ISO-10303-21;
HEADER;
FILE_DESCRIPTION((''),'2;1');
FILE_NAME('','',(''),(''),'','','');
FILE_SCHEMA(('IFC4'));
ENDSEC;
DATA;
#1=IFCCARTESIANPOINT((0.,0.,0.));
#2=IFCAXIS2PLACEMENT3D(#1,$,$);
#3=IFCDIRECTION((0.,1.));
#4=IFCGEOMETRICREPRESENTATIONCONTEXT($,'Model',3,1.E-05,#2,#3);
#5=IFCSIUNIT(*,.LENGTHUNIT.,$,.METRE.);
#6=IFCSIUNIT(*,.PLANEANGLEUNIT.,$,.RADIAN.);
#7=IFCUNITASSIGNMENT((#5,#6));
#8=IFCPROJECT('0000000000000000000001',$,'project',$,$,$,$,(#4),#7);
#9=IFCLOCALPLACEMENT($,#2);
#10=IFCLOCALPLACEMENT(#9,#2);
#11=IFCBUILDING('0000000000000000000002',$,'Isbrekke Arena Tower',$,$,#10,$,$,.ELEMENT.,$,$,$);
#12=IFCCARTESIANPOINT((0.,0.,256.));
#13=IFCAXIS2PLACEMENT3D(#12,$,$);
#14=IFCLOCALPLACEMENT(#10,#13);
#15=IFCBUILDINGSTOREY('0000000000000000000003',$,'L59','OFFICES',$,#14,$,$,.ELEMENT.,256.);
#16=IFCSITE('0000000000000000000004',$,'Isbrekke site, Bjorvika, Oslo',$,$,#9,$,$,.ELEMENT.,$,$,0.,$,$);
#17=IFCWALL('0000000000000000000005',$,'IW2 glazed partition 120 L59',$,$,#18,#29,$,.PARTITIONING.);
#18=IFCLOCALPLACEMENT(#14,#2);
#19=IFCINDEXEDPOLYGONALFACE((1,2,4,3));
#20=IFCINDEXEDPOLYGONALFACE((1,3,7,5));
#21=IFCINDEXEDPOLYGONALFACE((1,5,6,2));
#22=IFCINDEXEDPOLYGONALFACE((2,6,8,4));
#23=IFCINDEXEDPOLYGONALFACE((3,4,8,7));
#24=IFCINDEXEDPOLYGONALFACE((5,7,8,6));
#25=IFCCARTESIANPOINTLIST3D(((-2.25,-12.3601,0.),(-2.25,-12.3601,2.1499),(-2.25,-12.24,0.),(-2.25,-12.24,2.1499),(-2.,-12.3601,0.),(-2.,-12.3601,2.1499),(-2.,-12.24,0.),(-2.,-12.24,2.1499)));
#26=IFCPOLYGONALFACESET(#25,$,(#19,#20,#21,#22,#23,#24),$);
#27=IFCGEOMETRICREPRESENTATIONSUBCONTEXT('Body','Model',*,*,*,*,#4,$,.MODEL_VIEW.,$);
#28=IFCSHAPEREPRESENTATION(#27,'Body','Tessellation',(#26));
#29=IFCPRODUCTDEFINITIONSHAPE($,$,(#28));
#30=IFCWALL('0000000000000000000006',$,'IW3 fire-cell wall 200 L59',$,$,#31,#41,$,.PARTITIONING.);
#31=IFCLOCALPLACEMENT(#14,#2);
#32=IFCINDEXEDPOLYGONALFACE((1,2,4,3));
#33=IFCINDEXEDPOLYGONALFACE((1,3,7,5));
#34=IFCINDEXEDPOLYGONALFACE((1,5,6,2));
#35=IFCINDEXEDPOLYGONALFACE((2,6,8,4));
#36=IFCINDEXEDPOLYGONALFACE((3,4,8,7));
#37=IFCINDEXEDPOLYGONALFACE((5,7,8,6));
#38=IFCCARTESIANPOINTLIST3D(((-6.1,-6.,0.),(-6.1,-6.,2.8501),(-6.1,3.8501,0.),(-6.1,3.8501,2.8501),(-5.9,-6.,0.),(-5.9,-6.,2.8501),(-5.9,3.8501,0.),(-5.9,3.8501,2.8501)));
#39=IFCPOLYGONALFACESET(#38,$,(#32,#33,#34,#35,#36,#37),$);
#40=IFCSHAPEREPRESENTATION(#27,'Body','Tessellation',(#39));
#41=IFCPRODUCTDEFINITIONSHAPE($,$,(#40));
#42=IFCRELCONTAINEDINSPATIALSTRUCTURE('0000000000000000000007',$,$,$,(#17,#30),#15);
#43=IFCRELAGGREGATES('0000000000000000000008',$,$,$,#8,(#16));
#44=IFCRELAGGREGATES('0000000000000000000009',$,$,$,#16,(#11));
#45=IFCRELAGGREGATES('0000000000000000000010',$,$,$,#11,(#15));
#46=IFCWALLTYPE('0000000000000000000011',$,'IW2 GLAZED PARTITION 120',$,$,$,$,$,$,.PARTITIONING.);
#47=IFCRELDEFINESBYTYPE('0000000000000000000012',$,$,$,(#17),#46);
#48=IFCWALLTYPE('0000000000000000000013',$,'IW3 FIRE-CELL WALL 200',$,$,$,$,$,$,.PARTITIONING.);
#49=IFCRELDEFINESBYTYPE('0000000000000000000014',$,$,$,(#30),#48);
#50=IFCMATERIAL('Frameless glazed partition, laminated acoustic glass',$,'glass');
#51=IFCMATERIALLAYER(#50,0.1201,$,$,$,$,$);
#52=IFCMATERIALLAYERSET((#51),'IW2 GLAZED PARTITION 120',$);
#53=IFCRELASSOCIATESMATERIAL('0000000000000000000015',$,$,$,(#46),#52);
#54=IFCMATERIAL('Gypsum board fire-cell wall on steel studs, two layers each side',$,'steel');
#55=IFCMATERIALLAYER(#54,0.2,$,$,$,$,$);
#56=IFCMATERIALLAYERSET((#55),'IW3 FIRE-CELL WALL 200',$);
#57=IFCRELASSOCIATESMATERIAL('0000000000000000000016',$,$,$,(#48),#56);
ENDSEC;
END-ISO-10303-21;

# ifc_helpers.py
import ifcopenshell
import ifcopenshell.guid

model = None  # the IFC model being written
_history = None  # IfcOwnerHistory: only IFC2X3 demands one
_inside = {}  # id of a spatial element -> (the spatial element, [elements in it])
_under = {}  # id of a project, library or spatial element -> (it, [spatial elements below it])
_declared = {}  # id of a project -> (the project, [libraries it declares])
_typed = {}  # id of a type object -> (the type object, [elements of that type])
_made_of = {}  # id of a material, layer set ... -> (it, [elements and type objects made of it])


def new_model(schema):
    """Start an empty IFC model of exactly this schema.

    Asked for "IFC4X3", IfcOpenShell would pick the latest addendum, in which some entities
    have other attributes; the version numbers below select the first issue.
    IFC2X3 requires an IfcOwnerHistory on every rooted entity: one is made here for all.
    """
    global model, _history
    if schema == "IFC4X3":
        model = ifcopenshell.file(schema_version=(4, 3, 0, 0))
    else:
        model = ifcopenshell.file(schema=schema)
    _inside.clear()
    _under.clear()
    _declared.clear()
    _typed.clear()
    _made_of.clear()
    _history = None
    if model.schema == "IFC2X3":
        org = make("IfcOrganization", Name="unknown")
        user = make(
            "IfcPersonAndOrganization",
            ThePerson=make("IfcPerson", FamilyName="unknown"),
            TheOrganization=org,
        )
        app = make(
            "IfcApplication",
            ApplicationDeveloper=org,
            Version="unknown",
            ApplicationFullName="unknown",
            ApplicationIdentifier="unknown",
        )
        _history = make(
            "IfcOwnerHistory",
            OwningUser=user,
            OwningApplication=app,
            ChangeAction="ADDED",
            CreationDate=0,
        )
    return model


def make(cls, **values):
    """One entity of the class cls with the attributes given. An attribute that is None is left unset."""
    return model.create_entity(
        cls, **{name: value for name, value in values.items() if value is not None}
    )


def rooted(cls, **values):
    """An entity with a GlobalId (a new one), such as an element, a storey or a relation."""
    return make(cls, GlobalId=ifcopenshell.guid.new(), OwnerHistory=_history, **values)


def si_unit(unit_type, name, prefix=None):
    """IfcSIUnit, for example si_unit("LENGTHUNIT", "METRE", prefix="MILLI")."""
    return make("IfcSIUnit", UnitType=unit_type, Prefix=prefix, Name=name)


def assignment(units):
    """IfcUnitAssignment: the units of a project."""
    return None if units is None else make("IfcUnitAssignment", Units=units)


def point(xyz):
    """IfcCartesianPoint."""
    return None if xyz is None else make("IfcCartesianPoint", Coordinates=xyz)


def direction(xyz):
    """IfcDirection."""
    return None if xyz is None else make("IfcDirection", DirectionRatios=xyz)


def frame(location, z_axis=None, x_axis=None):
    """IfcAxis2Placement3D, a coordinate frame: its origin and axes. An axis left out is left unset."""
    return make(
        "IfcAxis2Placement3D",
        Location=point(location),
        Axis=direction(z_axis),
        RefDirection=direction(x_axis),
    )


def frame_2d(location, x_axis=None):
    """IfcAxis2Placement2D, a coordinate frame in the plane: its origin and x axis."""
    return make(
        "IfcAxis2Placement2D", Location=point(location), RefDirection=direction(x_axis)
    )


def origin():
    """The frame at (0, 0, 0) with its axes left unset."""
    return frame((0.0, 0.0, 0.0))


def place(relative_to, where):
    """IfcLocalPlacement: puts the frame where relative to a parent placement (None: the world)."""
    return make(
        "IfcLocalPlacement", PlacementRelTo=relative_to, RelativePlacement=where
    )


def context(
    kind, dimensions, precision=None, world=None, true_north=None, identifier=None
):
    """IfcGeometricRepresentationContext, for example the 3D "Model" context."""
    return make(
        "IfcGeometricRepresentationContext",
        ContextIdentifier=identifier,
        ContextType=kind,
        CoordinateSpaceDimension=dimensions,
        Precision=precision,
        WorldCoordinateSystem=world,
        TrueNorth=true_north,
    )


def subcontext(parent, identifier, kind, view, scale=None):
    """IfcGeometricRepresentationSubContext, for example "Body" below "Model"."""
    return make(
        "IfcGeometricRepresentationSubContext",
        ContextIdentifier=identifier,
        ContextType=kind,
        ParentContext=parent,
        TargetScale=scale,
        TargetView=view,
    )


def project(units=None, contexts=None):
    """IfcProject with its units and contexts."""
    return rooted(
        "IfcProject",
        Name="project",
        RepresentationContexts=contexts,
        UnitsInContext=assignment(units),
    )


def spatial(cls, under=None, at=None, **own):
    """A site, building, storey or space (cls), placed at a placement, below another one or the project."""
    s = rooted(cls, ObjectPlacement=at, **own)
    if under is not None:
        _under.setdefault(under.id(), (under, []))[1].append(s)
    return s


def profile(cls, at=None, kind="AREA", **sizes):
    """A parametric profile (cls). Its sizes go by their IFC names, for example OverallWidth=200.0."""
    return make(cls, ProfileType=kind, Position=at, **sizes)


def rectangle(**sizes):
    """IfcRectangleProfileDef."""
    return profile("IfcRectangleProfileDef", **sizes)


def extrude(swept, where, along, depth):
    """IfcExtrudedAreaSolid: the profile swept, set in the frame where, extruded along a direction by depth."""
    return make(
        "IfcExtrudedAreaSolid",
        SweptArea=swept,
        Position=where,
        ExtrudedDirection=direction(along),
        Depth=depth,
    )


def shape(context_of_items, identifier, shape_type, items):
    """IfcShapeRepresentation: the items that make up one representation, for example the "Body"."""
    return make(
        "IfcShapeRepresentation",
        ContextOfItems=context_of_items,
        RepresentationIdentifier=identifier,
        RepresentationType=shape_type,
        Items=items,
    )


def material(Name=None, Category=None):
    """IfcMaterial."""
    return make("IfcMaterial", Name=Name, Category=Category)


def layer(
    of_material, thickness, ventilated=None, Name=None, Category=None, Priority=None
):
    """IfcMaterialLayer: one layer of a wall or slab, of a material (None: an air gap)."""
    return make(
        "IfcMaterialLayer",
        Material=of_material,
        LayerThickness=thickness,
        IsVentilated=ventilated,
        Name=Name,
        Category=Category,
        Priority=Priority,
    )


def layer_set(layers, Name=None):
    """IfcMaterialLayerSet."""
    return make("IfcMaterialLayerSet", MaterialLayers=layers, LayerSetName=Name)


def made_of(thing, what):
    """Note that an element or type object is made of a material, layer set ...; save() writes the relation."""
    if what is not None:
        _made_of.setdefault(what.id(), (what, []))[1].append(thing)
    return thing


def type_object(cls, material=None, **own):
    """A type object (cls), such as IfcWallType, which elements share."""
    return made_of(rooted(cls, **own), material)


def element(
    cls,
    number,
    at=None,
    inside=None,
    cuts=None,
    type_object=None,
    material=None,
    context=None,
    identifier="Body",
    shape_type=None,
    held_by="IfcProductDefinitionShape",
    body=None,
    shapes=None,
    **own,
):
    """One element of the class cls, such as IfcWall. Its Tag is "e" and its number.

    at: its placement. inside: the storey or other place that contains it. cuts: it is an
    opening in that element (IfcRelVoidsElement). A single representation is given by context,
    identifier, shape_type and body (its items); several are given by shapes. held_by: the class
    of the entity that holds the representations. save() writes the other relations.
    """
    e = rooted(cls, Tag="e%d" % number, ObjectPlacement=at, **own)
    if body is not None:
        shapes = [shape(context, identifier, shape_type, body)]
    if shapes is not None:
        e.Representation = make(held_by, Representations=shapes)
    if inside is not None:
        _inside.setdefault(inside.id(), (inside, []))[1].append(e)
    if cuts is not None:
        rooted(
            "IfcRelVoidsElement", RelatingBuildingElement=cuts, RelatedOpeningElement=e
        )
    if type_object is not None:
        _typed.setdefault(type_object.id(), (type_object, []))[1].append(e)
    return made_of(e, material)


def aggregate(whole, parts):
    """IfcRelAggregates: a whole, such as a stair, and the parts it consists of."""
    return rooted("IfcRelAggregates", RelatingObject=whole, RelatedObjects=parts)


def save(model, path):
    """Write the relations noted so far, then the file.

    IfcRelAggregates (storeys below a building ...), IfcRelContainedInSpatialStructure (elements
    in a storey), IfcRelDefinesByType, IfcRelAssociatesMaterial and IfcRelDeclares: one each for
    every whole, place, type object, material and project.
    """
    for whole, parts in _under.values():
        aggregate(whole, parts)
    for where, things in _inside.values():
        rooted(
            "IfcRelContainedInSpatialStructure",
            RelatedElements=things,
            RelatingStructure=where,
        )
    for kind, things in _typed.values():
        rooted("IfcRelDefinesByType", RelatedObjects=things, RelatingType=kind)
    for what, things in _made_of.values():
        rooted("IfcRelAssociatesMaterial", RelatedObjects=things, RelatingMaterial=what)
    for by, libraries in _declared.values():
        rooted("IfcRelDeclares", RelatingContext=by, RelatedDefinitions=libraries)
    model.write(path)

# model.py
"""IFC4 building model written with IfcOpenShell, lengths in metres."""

from ifc_helpers import new_model, si_unit, direction, frame, frame_2d, origin, place, context, subcontext, project, spatial, rectangle, extrude, material, layer, layer_set, type_object, element, save


model = new_model("IFC4")

# Units and contexts
model_context = context("Model", 3, precision=1e-05, world=origin(), true_north=direction((0.0, 1.0)))
body_context = subcontext(model_context, "Body", "Model", "MODEL_VIEW")
ifc_project = project(units=[si_unit("LENGTHUNIT", "METRE"), si_unit("PLANEANGLEUNIT", "RADIAN")], contexts=[model_context])

# Site, building, storey
site_placement = place(None, origin())
site = spatial("IfcSite", under=ifc_project, at=site_placement, Name="Isbrekke site, Bjorvika, Oslo", CompositionType="ELEMENT", RefElevation=0.0)
building_placement = place(site_placement, origin())
building = spatial("IfcBuilding", under=site, at=building_placement, Name="Isbrekke Arena Tower", CompositionType="ELEMENT")
storey_placement = place(building_placement, frame((0.0, 0.0, 256.0)))
storey = spatial("IfcBuildingStorey", under=building, at=storey_placement, Name="L59", Description="OFFICES", CompositionType="ELEMENT", Elevation=256.0)

# Shared definitions
ifc_material_1 = material(Name="Frameless glazed partition, laminated acoustic glass", Category="glass")
ifc_layer_1 = layer(ifc_material_1, 0.1201)
ifc_layer_set_1 = layer_set([ifc_layer_1], Name="IW2 GLAZED PARTITION 120")
wall_type_1 = type_object("IfcWallType", Name="IW2 GLAZED PARTITION 120", PredefinedType="PARTITIONING", material=ifc_layer_set_1)

# Walls
wall_1_placement = place(storey_placement, frame((-2.25, -12.3, 0.0), z_axis=(0.0, 0.0, 1.0), x_axis=(1.0, 0.0, 0.0)))
element("IfcWall", 1, at=wall_1_placement, inside=storey, type_object=wall_type_1, Name="IW2 glazed partition 120 L59", PredefinedType="PARTITIONING", context=body_context, shape_type="SweptSolid", body=[
    extrude(rectangle(XDim=0.25, YDim=0.1201, at=frame_2d((0.125, 0.0))), origin(), (0.0, 0.0, 1.0), 2.1499),
])
ifc_material_2 = material(Name="Gypsum board fire-cell wall on steel studs, two layers each side", Category="steel")
ifc_layer_2 = layer(ifc_material_2, 0.2)
ifc_layer_set_2 = layer_set([ifc_layer_2], Name="IW3 FIRE-CELL WALL 200")
wall_type_2 = type_object("IfcWallType", Name="IW3 FIRE-CELL WALL 200", PredefinedType="PARTITIONING", material=ifc_layer_set_2)
wall_2_placement = place(storey_placement, frame((-6.0, -6.0, 0.0), z_axis=(0.0, 0.0, 1.0), x_axis=(0.0, 1.0, 0.0)))
element("IfcWall", 2, at=wall_2_placement, inside=storey, type_object=wall_type_2, Name="IW3 fire-cell wall 200 L59", PredefinedType="PARTITIONING", context=body_context, shape_type="SweptSolid", body=[
    extrude(rectangle(XDim=9.8501, YDim=0.2, at=frame_2d((4.925, 0.0))), origin(), (0.0, 0.0, 1.0), 2.8501),
])

save(model, "model.ifc")
